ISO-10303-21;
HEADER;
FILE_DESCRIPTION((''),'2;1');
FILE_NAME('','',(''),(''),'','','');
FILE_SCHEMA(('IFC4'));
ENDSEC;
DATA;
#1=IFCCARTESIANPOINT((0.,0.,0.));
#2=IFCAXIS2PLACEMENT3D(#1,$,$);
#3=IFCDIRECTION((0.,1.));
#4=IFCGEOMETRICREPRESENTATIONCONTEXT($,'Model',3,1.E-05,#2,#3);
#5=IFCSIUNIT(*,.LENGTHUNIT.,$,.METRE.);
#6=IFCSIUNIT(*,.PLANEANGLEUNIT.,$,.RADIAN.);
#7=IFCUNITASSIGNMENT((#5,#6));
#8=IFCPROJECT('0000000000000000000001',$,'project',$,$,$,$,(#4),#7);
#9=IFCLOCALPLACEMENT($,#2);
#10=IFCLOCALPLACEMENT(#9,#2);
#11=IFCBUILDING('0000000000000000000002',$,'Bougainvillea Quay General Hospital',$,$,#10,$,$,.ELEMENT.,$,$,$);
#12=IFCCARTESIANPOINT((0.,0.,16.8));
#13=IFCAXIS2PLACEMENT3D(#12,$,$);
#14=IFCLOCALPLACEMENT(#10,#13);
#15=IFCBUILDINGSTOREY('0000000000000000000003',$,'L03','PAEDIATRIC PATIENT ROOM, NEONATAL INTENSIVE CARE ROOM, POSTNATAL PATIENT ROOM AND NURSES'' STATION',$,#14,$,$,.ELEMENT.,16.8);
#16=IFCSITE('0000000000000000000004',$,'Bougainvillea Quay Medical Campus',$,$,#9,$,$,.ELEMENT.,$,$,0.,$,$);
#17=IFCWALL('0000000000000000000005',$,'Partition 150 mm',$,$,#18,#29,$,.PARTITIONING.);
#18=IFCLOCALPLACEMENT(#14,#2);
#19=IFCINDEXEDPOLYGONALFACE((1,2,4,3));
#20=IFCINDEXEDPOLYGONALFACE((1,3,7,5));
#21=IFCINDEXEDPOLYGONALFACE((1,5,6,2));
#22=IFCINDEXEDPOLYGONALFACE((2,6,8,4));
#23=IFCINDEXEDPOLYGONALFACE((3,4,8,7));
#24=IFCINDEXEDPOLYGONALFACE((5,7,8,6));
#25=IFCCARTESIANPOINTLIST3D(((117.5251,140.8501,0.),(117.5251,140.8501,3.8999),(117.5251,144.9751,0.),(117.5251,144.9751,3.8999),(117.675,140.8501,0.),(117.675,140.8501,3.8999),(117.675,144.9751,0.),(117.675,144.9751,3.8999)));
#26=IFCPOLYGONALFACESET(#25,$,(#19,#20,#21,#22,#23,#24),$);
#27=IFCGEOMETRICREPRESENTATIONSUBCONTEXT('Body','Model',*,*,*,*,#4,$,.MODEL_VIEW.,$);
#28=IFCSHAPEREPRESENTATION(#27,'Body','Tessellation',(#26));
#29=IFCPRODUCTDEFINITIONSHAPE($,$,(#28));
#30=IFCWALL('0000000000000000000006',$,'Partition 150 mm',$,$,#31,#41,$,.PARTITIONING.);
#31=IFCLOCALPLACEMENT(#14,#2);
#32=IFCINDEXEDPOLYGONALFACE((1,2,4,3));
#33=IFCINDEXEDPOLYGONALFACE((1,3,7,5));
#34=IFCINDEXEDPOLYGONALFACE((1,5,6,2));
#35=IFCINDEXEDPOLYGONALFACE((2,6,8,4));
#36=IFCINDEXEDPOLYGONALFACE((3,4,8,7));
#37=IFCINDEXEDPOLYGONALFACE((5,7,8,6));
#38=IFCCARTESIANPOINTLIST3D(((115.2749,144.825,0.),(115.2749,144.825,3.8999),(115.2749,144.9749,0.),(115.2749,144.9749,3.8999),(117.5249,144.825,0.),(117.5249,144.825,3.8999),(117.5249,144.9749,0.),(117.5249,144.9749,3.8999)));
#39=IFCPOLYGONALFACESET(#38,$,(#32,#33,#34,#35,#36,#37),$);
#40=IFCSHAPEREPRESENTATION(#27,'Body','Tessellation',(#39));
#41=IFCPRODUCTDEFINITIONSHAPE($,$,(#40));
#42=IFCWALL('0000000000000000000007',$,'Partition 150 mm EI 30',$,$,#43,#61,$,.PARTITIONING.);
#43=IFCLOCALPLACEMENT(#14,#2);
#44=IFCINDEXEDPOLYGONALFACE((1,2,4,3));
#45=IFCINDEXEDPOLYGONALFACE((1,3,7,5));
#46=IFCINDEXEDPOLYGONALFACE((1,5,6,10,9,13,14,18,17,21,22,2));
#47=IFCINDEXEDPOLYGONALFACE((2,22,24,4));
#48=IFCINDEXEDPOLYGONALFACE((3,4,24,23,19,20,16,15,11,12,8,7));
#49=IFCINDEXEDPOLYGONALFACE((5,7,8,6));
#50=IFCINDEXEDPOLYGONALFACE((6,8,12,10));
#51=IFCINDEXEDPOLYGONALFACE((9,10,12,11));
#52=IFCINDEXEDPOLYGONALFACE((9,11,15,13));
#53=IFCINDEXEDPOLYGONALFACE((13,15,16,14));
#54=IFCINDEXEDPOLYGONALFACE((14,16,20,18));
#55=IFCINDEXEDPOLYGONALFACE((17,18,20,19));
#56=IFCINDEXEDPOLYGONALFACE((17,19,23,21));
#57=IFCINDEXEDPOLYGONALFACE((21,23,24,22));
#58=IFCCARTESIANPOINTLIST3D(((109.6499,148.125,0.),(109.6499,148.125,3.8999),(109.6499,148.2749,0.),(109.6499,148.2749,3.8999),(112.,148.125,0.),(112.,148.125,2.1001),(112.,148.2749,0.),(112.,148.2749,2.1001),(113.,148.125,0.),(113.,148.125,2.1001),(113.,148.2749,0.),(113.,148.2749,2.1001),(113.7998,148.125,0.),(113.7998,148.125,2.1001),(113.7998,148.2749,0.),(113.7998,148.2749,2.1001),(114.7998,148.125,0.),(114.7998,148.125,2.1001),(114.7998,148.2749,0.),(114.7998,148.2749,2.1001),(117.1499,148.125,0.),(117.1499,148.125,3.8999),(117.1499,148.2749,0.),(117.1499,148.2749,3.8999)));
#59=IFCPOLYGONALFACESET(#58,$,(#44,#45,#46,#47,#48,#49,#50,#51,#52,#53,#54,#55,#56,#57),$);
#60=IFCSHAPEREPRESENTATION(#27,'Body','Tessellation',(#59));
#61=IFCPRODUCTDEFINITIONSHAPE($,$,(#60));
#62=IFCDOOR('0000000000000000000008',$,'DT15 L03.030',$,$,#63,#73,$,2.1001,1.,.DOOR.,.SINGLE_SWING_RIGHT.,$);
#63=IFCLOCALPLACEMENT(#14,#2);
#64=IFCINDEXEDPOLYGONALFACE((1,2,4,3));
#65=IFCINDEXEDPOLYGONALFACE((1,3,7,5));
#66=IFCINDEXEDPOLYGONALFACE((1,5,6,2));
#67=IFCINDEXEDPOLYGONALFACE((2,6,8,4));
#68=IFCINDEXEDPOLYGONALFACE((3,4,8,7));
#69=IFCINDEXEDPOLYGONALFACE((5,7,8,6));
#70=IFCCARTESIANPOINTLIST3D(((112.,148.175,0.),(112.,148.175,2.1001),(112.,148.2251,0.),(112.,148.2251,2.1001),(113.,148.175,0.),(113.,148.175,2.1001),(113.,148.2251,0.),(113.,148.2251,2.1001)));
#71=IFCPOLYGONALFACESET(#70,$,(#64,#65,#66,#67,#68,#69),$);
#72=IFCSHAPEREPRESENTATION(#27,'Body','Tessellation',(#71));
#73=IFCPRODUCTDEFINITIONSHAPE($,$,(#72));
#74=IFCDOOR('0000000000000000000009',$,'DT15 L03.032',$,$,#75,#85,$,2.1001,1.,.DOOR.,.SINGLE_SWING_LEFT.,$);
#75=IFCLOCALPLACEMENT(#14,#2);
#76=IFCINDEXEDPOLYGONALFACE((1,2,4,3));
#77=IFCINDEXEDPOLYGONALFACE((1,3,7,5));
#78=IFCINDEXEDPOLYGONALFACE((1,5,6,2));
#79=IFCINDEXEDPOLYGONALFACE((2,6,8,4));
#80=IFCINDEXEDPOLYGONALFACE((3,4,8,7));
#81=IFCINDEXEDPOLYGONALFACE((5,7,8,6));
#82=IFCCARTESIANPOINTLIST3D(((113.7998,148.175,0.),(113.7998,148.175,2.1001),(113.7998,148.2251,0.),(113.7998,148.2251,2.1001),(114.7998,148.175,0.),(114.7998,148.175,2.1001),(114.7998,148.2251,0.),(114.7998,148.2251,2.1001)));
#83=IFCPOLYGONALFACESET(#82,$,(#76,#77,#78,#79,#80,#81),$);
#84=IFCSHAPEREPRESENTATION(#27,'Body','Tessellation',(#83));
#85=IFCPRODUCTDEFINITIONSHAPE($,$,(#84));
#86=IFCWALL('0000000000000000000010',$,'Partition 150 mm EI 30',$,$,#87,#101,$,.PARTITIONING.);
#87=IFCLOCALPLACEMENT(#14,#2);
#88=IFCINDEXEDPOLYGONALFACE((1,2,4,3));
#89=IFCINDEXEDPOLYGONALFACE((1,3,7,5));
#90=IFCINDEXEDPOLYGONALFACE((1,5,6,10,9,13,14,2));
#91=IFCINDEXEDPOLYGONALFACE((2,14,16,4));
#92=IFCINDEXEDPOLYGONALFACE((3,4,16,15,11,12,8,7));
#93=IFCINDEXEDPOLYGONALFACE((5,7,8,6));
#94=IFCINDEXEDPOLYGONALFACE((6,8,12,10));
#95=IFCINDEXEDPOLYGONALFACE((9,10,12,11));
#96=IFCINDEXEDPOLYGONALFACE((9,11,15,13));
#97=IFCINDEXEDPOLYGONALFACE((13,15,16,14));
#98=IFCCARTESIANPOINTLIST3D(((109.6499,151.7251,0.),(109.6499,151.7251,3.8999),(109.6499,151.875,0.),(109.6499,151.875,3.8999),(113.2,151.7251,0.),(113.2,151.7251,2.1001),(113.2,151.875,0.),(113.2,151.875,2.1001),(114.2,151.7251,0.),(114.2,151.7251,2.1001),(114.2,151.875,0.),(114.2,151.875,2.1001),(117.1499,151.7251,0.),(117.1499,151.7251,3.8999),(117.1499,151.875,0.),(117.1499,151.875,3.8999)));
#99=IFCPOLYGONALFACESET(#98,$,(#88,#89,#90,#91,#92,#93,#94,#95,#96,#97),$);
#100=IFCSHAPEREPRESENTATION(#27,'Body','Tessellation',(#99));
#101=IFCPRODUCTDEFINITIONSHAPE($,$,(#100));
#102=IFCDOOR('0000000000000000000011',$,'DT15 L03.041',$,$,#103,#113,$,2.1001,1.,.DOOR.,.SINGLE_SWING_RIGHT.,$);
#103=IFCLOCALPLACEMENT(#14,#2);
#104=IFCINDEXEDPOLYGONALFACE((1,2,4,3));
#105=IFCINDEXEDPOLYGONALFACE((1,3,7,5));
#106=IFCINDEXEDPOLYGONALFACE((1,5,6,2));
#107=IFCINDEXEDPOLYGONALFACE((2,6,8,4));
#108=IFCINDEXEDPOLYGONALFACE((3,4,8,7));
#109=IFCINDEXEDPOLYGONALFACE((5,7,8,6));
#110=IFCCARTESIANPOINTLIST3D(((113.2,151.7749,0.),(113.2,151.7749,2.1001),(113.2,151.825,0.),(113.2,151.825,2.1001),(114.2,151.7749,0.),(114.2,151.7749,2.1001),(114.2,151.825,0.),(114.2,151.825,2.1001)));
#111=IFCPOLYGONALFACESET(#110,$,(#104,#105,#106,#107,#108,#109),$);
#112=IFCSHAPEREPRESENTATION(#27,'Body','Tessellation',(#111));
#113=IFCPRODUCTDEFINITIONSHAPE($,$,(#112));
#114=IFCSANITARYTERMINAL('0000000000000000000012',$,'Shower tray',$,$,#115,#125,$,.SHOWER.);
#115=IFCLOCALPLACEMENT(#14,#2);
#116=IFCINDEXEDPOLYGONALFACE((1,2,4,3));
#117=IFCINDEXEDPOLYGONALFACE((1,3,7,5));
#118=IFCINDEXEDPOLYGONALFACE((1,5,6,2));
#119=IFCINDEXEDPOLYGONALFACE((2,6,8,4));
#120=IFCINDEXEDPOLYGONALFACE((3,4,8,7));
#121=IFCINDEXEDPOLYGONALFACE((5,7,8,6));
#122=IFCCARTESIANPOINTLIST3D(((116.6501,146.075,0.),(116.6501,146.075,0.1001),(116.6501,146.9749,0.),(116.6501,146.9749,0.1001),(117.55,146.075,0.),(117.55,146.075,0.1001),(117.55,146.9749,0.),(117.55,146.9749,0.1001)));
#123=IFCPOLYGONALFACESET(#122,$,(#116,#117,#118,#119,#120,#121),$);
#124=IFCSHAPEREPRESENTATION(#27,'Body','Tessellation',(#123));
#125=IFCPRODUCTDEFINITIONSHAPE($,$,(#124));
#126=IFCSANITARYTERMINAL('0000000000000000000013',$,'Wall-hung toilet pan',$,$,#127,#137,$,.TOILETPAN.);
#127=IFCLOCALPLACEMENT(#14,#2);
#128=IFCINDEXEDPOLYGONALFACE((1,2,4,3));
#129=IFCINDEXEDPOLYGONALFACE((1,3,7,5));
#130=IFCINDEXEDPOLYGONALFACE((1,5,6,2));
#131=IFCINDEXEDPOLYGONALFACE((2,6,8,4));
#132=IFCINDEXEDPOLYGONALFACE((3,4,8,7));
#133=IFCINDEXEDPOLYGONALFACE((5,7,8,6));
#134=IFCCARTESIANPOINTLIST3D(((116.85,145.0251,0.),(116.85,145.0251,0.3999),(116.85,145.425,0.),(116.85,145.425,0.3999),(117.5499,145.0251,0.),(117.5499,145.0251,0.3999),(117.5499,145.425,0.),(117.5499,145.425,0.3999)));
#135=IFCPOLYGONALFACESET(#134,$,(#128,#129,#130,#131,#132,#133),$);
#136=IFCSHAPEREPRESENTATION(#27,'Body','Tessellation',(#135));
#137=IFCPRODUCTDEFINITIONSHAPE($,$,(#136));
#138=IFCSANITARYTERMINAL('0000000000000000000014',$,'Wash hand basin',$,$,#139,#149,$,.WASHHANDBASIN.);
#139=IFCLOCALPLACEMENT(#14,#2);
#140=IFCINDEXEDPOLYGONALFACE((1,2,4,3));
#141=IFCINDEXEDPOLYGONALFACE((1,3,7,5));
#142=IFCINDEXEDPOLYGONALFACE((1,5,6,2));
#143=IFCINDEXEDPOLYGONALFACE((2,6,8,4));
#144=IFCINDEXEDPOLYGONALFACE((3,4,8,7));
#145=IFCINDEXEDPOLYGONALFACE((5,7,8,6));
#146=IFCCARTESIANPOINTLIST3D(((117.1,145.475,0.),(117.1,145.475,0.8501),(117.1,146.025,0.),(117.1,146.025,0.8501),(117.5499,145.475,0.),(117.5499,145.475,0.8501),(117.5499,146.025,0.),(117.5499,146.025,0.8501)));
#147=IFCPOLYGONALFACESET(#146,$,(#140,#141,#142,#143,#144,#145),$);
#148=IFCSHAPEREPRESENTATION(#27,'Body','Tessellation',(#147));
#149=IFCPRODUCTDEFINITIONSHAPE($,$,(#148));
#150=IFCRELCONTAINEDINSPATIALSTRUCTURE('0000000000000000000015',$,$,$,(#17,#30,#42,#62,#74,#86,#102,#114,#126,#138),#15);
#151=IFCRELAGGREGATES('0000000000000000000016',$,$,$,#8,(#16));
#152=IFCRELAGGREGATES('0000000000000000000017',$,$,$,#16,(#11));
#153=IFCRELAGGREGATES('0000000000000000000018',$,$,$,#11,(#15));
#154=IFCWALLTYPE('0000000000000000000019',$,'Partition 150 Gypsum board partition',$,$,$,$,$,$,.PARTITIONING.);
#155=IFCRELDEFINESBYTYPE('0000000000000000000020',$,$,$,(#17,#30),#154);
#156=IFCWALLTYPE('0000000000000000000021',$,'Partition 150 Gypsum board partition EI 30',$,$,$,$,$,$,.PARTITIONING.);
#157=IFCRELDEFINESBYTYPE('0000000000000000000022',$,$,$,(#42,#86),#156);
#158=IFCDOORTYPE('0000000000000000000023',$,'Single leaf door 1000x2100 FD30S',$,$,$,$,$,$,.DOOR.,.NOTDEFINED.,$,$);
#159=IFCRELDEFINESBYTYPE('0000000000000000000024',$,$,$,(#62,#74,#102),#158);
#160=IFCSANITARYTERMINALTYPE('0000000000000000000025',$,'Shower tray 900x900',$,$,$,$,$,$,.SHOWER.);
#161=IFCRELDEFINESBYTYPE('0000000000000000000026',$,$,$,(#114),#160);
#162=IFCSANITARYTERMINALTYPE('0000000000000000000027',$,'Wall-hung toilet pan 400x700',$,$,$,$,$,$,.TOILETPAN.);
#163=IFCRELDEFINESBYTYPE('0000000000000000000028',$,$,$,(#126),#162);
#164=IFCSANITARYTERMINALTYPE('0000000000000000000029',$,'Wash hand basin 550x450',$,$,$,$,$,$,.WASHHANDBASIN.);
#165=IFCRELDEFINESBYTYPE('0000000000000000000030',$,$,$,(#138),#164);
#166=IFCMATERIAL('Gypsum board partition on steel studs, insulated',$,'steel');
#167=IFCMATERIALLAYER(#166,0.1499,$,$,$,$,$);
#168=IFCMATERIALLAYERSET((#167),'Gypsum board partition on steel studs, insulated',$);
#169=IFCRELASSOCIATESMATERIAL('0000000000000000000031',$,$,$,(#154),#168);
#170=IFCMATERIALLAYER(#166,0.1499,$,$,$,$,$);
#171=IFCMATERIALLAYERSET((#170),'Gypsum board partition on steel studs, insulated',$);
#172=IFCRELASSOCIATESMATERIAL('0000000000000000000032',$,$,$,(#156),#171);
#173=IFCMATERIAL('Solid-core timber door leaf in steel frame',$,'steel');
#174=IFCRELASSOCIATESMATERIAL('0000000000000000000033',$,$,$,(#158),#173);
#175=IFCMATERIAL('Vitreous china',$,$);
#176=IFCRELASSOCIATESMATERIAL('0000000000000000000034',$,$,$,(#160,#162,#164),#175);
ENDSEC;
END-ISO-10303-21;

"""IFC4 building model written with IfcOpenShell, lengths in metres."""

from ifc_helpers import new_model, si_unit, direction, frame, frame_2d, origin, origin_2d, place, context, subcontext, project, spatial, rectangle, extrude, material, layer, layer_set, type_object, element, fill, save


model = new_model("IFC4")

# Units and contexts
model_context = context("Model", 3, precision=1e-05, world=origin(), true_north=direction((0.0, 1.0)))
body_context = subcontext(model_context, "Body", "Model", "MODEL_VIEW")
ifc_project = project(units=[si_unit("LENGTHUNIT", "METRE"), si_unit("PLANEANGLEUNIT", "RADIAN")], contexts=[model_context])

# Site, building, storey
site_placement = place(None, origin())
site = spatial("IfcSite", under=ifc_project, at=site_placement, Name="Bougainvillea Quay Medical Campus", CompositionType="ELEMENT", RefElevation=0.0)
building_placement = place(site_placement, origin())
building = spatial("IfcBuilding", under=site, at=building_placement, Name="Bougainvillea Quay General Hospital", CompositionType="ELEMENT")
storey_placement = place(building_placement, frame((0.0, 0.0, 16.8)))
storey = spatial("IfcBuildingStorey", under=building, at=storey_placement, Name="L03", Description="PAEDIATRIC PATIENT ROOM, NEONATAL INTENSIVE CARE ROOM, POSTNATAL PATIENT ROOM AND NURSES' STATION", CompositionType="ELEMENT", Elevation=16.8)

# Walls
ifc_material_1 = material(Name="Gypsum board partition on steel studs, insulated", Category="steel")
ifc_layer_1 = layer(ifc_material_1, 0.1499)
ifc_layer_set_1 = layer_set([ifc_layer_1], Name="Gypsum board partition on steel studs, insulated")
wall_type_1 = type_object("IfcWallType", Name="Partition 150 Gypsum board partition", PredefinedType="PARTITIONING", material=ifc_layer_set_1)
wall_1_placement = place(storey_placement, frame((117.6001, 140.8501, 0.0), z_axis=(0.0, 0.0, 1.0), x_axis=(0.0, 1.0, 0.0)))
element("IfcWall", 1, at=wall_1_placement, inside=storey, type_object=wall_type_1, Name="Partition 150 mm", PredefinedType="PARTITIONING", context=body_context, shape_type="SweptSolid", body=[
    extrude(rectangle(XDim=4.125, YDim=0.1499, at=frame_2d((2.0625, 0.0))), origin(), (0.0, 0.0, 1.0), 3.8999),
])
wall_2_placement = place(storey_placement, frame((115.2749, 144.8999, 0.0), z_axis=(0.0, 0.0, 1.0), x_axis=(1.0, 0.0, 0.0)))
element("IfcWall", 2, at=wall_2_placement, inside=storey, type_object=wall_type_1, Name="Partition 150 mm", PredefinedType="PARTITIONING", context=body_context, shape_type="SweptSolid", body=[
    extrude(rectangle(XDim=2.25, YDim=0.1499, at=frame_2d((1.125, 0.0))), origin(), (0.0, 0.0, 1.0), 3.8999),
])

# Wall, openings, doors
ifc_layer_2 = layer(ifc_material_1, 0.1499)
ifc_layer_set_2 = layer_set([ifc_layer_2], Name="Gypsum board partition on steel studs, insulated")
wall_type_2 = type_object("IfcWallType", Name="Partition 150 Gypsum board partition EI 30", PredefinedType="PARTITIONING", material=ifc_layer_set_2)
wall_3_placement = place(storey_placement, frame((117.1499, 148.2, 0.0), z_axis=(0.0, 0.0, 1.0), x_axis=(-1.0, 0.0, 0.0)))
wall_3 = element("IfcWall", 3, at=wall_3_placement, inside=storey, type_object=wall_type_2, Name="Partition 150 mm EI 30", PredefinedType="PARTITIONING", context=body_context, shape_type="SweptSolid", body=[
    extrude(rectangle(XDim=7.5, YDim=0.1499, at=frame_2d((3.75, 0.0))), origin(), (0.0, 0.0, 1.0), 3.8999),
])
opening_1_placement = place(wall_3_placement, frame((4.1499, 0.0, 0.0)))
opening_1 = element("IfcOpeningElement", 4, at=opening_1_placement, cuts=wall_3, PredefinedType="OPENING", context=body_context, shape_type="SweptSolid", body=[
    extrude(rectangle(XDim=1.0, YDim=2.1001, at=frame_2d((0.5, 1.05))), frame((0.0, 0.085, 0.0), z_axis=(0.0, -1.0, 0.0), x_axis=(1.0, 0.0, 0.0)), (0.0, 0.0, 1.0), 0.1699),
])
opening_2_placement = place(wall_3_placement, frame((2.3501, 0.0, 0.0)))
opening_2 = element("IfcOpeningElement", 5, at=opening_2_placement, cuts=wall_3, PredefinedType="OPENING", context=body_context, shape_type="SweptSolid", body=[
    extrude(rectangle(XDim=1.0, YDim=2.1001, at=frame_2d((0.5, 1.05))), frame((0.0, 0.085, 0.0), z_axis=(0.0, -1.0, 0.0), x_axis=(1.0, 0.0, 0.0)), (0.0, 0.0, 1.0), 0.1699),
])
ifc_material_2 = material(Name="Solid-core timber door leaf in steel frame", Category="steel")
door_type = type_object("IfcDoorType", Name="Single leaf door 1000x2100 FD30S", OperationType="NOTDEFINED", PredefinedType="DOOR", material=ifc_material_2)
door_1_placement = place(opening_1_placement, origin())
door_1 = element("IfcDoor", 6, at=door_1_placement, inside=storey, type_object=door_type, Name="DT15 L03.030", OperationType="SINGLE_SWING_RIGHT", OverallHeight=2.1001, OverallWidth=1.0, PredefinedType="DOOR", context=body_context, shape_type="SweptSolid", body=[
    extrude(rectangle(XDim=1.0, YDim=2.1001, at=frame_2d((0.5, 1.05))), frame((0.0, 0.0249, 0.0), z_axis=(0.0, -1.0, 0.0), x_axis=(1.0, 0.0, 0.0)), (0.0, 0.0, 1.0), 0.05),
])
fill(opening_1, door_1)
door_2_placement = place(opening_2_placement, origin())
door_2 = element("IfcDoor", 7, at=door_2_placement, inside=storey, type_object=door_type, Name="DT15 L03.032", OperationType="SINGLE_SWING_LEFT", OverallHeight=2.1001, OverallWidth=1.0, PredefinedType="DOOR", context=body_context, shape_type="SweptSolid", body=[
    extrude(rectangle(XDim=1.0, YDim=2.1001, at=frame_2d((0.5, 1.05))), frame((0.0, 0.0249, 0.0), z_axis=(0.0, -1.0, 0.0), x_axis=(1.0, 0.0, 0.0)), (0.0, 0.0, 1.0), 0.05),
])
fill(opening_2, door_2)

# Wall, opening, door
wall_4_placement = place(storey_placement, frame((117.1499, 151.8, 0.0), z_axis=(0.0, 0.0, 1.0), x_axis=(-1.0, 0.0, 0.0)))
wall_4 = element("IfcWall", 8, at=wall_4_placement, inside=storey, type_object=wall_type_2, Name="Partition 150 mm EI 30", PredefinedType="PARTITIONING", context=body_context, shape_type="SweptSolid", body=[
    extrude(rectangle(XDim=7.5, YDim=0.1499, at=frame_2d((3.75, 0.0))), origin(), (0.0, 0.0, 1.0), 3.8999),
])
opening_3_placement = place(wall_4_placement, frame((2.95, 0.0, 0.0)))
opening_3 = element("IfcOpeningElement", 9, at=opening_3_placement, cuts=wall_4, PredefinedType="OPENING", context=body_context, shape_type="SweptSolid", body=[
    extrude(rectangle(XDim=1.0, YDim=2.1001, at=frame_2d((0.5, 1.05))), frame((0.0, 0.085, 0.0), z_axis=(0.0, -1.0, 0.0), x_axis=(1.0, 0.0, 0.0)), (0.0, 0.0, 1.0), 0.1699),
])
door_3_placement = place(opening_3_placement, frame((1.0, 0.0, 0.0), z_axis=(0.0, 0.0, 1.0), x_axis=(-1.0, 0.0, 0.0)))
door_3 = element("IfcDoor", 10, at=door_3_placement, inside=storey, type_object=door_type, Name="DT15 L03.041", OperationType="SINGLE_SWING_RIGHT", OverallHeight=2.1001, OverallWidth=1.0, PredefinedType="DOOR", context=body_context, shape_type="SweptSolid", body=[
    extrude(rectangle(XDim=1.0, YDim=2.1001, at=frame_2d((0.5, 1.05))), frame((0.0, 0.0249, 0.0), z_axis=(0.0, -1.0, 0.0), x_axis=(1.0, 0.0, 0.0)), (0.0, 0.0, 1.0), 0.05),
])
fill(opening_3, door_3)

# Sanitary terminals
ifc_material_3 = material(Name="Vitreous china")
sanitary_terminal_type_1 = type_object("IfcSanitaryTerminalType", Name="Shower tray 900x900", PredefinedType="SHOWER", material=ifc_material_3)
sanitary_terminal_1_placement = place(storey_placement, frame((117.1001, 146.5249, 0.0), z_axis=(0.0, 0.0, 1.0), x_axis=(0.0, -1.0, 0.0)))
element("IfcSanitaryTerminal", 11, at=sanitary_terminal_1_placement, inside=storey, type_object=sanitary_terminal_type_1, Name="Shower tray", PredefinedType="SHOWER", context=body_context, shape_type="SweptSolid", body=[
    extrude(rectangle(XDim=0.8999, YDim=0.8999, at=origin_2d()), origin(), (0.0, 0.0, 1.0), 0.1001),
])
sanitary_terminal_type_2 = type_object("IfcSanitaryTerminalType", Name="Wall-hung toilet pan 400x700", PredefinedType="TOILETPAN", material=ifc_material_3)
sanitary_terminal_2_placement = place(storey_placement, frame((117.2, 145.2251, 0.0), z_axis=(0.0, 0.0, 1.0), x_axis=(0.0, -1.0, 0.0)))
element("IfcSanitaryTerminal", 12, at=sanitary_terminal_2_placement, inside=storey, type_object=sanitary_terminal_type_2, Name="Wall-hung toilet pan", PredefinedType="TOILETPAN", context=body_context, shape_type="SweptSolid", body=[
    extrude(rectangle(XDim=0.3999, YDim=0.7, at=origin_2d()), origin(), (0.0, 0.0, 1.0), 0.3999),
])
sanitary_terminal_type_3 = type_object("IfcSanitaryTerminalType", Name="Wash hand basin 550x450", PredefinedType="WASHHANDBASIN", material=ifc_material_3)
sanitary_terminal_3_placement = place(storey_placement, frame((117.325, 145.75, 0.0), z_axis=(0.0, 0.0, 1.0), x_axis=(0.0, -1.0, 0.0)))
element("IfcSanitaryTerminal", 13, at=sanitary_terminal_3_placement, inside=storey, type_object=sanitary_terminal_type_3, Name="Wash hand basin", PredefinedType="WASHHANDBASIN", context=body_context, shape_type="SweptSolid", body=[
    extrude(rectangle(XDim=0.55, YDim=0.45, at=origin_2d()), origin(), (0.0, 0.0, 1.0), 0.8501),
])

save(model, "model.ifc")
